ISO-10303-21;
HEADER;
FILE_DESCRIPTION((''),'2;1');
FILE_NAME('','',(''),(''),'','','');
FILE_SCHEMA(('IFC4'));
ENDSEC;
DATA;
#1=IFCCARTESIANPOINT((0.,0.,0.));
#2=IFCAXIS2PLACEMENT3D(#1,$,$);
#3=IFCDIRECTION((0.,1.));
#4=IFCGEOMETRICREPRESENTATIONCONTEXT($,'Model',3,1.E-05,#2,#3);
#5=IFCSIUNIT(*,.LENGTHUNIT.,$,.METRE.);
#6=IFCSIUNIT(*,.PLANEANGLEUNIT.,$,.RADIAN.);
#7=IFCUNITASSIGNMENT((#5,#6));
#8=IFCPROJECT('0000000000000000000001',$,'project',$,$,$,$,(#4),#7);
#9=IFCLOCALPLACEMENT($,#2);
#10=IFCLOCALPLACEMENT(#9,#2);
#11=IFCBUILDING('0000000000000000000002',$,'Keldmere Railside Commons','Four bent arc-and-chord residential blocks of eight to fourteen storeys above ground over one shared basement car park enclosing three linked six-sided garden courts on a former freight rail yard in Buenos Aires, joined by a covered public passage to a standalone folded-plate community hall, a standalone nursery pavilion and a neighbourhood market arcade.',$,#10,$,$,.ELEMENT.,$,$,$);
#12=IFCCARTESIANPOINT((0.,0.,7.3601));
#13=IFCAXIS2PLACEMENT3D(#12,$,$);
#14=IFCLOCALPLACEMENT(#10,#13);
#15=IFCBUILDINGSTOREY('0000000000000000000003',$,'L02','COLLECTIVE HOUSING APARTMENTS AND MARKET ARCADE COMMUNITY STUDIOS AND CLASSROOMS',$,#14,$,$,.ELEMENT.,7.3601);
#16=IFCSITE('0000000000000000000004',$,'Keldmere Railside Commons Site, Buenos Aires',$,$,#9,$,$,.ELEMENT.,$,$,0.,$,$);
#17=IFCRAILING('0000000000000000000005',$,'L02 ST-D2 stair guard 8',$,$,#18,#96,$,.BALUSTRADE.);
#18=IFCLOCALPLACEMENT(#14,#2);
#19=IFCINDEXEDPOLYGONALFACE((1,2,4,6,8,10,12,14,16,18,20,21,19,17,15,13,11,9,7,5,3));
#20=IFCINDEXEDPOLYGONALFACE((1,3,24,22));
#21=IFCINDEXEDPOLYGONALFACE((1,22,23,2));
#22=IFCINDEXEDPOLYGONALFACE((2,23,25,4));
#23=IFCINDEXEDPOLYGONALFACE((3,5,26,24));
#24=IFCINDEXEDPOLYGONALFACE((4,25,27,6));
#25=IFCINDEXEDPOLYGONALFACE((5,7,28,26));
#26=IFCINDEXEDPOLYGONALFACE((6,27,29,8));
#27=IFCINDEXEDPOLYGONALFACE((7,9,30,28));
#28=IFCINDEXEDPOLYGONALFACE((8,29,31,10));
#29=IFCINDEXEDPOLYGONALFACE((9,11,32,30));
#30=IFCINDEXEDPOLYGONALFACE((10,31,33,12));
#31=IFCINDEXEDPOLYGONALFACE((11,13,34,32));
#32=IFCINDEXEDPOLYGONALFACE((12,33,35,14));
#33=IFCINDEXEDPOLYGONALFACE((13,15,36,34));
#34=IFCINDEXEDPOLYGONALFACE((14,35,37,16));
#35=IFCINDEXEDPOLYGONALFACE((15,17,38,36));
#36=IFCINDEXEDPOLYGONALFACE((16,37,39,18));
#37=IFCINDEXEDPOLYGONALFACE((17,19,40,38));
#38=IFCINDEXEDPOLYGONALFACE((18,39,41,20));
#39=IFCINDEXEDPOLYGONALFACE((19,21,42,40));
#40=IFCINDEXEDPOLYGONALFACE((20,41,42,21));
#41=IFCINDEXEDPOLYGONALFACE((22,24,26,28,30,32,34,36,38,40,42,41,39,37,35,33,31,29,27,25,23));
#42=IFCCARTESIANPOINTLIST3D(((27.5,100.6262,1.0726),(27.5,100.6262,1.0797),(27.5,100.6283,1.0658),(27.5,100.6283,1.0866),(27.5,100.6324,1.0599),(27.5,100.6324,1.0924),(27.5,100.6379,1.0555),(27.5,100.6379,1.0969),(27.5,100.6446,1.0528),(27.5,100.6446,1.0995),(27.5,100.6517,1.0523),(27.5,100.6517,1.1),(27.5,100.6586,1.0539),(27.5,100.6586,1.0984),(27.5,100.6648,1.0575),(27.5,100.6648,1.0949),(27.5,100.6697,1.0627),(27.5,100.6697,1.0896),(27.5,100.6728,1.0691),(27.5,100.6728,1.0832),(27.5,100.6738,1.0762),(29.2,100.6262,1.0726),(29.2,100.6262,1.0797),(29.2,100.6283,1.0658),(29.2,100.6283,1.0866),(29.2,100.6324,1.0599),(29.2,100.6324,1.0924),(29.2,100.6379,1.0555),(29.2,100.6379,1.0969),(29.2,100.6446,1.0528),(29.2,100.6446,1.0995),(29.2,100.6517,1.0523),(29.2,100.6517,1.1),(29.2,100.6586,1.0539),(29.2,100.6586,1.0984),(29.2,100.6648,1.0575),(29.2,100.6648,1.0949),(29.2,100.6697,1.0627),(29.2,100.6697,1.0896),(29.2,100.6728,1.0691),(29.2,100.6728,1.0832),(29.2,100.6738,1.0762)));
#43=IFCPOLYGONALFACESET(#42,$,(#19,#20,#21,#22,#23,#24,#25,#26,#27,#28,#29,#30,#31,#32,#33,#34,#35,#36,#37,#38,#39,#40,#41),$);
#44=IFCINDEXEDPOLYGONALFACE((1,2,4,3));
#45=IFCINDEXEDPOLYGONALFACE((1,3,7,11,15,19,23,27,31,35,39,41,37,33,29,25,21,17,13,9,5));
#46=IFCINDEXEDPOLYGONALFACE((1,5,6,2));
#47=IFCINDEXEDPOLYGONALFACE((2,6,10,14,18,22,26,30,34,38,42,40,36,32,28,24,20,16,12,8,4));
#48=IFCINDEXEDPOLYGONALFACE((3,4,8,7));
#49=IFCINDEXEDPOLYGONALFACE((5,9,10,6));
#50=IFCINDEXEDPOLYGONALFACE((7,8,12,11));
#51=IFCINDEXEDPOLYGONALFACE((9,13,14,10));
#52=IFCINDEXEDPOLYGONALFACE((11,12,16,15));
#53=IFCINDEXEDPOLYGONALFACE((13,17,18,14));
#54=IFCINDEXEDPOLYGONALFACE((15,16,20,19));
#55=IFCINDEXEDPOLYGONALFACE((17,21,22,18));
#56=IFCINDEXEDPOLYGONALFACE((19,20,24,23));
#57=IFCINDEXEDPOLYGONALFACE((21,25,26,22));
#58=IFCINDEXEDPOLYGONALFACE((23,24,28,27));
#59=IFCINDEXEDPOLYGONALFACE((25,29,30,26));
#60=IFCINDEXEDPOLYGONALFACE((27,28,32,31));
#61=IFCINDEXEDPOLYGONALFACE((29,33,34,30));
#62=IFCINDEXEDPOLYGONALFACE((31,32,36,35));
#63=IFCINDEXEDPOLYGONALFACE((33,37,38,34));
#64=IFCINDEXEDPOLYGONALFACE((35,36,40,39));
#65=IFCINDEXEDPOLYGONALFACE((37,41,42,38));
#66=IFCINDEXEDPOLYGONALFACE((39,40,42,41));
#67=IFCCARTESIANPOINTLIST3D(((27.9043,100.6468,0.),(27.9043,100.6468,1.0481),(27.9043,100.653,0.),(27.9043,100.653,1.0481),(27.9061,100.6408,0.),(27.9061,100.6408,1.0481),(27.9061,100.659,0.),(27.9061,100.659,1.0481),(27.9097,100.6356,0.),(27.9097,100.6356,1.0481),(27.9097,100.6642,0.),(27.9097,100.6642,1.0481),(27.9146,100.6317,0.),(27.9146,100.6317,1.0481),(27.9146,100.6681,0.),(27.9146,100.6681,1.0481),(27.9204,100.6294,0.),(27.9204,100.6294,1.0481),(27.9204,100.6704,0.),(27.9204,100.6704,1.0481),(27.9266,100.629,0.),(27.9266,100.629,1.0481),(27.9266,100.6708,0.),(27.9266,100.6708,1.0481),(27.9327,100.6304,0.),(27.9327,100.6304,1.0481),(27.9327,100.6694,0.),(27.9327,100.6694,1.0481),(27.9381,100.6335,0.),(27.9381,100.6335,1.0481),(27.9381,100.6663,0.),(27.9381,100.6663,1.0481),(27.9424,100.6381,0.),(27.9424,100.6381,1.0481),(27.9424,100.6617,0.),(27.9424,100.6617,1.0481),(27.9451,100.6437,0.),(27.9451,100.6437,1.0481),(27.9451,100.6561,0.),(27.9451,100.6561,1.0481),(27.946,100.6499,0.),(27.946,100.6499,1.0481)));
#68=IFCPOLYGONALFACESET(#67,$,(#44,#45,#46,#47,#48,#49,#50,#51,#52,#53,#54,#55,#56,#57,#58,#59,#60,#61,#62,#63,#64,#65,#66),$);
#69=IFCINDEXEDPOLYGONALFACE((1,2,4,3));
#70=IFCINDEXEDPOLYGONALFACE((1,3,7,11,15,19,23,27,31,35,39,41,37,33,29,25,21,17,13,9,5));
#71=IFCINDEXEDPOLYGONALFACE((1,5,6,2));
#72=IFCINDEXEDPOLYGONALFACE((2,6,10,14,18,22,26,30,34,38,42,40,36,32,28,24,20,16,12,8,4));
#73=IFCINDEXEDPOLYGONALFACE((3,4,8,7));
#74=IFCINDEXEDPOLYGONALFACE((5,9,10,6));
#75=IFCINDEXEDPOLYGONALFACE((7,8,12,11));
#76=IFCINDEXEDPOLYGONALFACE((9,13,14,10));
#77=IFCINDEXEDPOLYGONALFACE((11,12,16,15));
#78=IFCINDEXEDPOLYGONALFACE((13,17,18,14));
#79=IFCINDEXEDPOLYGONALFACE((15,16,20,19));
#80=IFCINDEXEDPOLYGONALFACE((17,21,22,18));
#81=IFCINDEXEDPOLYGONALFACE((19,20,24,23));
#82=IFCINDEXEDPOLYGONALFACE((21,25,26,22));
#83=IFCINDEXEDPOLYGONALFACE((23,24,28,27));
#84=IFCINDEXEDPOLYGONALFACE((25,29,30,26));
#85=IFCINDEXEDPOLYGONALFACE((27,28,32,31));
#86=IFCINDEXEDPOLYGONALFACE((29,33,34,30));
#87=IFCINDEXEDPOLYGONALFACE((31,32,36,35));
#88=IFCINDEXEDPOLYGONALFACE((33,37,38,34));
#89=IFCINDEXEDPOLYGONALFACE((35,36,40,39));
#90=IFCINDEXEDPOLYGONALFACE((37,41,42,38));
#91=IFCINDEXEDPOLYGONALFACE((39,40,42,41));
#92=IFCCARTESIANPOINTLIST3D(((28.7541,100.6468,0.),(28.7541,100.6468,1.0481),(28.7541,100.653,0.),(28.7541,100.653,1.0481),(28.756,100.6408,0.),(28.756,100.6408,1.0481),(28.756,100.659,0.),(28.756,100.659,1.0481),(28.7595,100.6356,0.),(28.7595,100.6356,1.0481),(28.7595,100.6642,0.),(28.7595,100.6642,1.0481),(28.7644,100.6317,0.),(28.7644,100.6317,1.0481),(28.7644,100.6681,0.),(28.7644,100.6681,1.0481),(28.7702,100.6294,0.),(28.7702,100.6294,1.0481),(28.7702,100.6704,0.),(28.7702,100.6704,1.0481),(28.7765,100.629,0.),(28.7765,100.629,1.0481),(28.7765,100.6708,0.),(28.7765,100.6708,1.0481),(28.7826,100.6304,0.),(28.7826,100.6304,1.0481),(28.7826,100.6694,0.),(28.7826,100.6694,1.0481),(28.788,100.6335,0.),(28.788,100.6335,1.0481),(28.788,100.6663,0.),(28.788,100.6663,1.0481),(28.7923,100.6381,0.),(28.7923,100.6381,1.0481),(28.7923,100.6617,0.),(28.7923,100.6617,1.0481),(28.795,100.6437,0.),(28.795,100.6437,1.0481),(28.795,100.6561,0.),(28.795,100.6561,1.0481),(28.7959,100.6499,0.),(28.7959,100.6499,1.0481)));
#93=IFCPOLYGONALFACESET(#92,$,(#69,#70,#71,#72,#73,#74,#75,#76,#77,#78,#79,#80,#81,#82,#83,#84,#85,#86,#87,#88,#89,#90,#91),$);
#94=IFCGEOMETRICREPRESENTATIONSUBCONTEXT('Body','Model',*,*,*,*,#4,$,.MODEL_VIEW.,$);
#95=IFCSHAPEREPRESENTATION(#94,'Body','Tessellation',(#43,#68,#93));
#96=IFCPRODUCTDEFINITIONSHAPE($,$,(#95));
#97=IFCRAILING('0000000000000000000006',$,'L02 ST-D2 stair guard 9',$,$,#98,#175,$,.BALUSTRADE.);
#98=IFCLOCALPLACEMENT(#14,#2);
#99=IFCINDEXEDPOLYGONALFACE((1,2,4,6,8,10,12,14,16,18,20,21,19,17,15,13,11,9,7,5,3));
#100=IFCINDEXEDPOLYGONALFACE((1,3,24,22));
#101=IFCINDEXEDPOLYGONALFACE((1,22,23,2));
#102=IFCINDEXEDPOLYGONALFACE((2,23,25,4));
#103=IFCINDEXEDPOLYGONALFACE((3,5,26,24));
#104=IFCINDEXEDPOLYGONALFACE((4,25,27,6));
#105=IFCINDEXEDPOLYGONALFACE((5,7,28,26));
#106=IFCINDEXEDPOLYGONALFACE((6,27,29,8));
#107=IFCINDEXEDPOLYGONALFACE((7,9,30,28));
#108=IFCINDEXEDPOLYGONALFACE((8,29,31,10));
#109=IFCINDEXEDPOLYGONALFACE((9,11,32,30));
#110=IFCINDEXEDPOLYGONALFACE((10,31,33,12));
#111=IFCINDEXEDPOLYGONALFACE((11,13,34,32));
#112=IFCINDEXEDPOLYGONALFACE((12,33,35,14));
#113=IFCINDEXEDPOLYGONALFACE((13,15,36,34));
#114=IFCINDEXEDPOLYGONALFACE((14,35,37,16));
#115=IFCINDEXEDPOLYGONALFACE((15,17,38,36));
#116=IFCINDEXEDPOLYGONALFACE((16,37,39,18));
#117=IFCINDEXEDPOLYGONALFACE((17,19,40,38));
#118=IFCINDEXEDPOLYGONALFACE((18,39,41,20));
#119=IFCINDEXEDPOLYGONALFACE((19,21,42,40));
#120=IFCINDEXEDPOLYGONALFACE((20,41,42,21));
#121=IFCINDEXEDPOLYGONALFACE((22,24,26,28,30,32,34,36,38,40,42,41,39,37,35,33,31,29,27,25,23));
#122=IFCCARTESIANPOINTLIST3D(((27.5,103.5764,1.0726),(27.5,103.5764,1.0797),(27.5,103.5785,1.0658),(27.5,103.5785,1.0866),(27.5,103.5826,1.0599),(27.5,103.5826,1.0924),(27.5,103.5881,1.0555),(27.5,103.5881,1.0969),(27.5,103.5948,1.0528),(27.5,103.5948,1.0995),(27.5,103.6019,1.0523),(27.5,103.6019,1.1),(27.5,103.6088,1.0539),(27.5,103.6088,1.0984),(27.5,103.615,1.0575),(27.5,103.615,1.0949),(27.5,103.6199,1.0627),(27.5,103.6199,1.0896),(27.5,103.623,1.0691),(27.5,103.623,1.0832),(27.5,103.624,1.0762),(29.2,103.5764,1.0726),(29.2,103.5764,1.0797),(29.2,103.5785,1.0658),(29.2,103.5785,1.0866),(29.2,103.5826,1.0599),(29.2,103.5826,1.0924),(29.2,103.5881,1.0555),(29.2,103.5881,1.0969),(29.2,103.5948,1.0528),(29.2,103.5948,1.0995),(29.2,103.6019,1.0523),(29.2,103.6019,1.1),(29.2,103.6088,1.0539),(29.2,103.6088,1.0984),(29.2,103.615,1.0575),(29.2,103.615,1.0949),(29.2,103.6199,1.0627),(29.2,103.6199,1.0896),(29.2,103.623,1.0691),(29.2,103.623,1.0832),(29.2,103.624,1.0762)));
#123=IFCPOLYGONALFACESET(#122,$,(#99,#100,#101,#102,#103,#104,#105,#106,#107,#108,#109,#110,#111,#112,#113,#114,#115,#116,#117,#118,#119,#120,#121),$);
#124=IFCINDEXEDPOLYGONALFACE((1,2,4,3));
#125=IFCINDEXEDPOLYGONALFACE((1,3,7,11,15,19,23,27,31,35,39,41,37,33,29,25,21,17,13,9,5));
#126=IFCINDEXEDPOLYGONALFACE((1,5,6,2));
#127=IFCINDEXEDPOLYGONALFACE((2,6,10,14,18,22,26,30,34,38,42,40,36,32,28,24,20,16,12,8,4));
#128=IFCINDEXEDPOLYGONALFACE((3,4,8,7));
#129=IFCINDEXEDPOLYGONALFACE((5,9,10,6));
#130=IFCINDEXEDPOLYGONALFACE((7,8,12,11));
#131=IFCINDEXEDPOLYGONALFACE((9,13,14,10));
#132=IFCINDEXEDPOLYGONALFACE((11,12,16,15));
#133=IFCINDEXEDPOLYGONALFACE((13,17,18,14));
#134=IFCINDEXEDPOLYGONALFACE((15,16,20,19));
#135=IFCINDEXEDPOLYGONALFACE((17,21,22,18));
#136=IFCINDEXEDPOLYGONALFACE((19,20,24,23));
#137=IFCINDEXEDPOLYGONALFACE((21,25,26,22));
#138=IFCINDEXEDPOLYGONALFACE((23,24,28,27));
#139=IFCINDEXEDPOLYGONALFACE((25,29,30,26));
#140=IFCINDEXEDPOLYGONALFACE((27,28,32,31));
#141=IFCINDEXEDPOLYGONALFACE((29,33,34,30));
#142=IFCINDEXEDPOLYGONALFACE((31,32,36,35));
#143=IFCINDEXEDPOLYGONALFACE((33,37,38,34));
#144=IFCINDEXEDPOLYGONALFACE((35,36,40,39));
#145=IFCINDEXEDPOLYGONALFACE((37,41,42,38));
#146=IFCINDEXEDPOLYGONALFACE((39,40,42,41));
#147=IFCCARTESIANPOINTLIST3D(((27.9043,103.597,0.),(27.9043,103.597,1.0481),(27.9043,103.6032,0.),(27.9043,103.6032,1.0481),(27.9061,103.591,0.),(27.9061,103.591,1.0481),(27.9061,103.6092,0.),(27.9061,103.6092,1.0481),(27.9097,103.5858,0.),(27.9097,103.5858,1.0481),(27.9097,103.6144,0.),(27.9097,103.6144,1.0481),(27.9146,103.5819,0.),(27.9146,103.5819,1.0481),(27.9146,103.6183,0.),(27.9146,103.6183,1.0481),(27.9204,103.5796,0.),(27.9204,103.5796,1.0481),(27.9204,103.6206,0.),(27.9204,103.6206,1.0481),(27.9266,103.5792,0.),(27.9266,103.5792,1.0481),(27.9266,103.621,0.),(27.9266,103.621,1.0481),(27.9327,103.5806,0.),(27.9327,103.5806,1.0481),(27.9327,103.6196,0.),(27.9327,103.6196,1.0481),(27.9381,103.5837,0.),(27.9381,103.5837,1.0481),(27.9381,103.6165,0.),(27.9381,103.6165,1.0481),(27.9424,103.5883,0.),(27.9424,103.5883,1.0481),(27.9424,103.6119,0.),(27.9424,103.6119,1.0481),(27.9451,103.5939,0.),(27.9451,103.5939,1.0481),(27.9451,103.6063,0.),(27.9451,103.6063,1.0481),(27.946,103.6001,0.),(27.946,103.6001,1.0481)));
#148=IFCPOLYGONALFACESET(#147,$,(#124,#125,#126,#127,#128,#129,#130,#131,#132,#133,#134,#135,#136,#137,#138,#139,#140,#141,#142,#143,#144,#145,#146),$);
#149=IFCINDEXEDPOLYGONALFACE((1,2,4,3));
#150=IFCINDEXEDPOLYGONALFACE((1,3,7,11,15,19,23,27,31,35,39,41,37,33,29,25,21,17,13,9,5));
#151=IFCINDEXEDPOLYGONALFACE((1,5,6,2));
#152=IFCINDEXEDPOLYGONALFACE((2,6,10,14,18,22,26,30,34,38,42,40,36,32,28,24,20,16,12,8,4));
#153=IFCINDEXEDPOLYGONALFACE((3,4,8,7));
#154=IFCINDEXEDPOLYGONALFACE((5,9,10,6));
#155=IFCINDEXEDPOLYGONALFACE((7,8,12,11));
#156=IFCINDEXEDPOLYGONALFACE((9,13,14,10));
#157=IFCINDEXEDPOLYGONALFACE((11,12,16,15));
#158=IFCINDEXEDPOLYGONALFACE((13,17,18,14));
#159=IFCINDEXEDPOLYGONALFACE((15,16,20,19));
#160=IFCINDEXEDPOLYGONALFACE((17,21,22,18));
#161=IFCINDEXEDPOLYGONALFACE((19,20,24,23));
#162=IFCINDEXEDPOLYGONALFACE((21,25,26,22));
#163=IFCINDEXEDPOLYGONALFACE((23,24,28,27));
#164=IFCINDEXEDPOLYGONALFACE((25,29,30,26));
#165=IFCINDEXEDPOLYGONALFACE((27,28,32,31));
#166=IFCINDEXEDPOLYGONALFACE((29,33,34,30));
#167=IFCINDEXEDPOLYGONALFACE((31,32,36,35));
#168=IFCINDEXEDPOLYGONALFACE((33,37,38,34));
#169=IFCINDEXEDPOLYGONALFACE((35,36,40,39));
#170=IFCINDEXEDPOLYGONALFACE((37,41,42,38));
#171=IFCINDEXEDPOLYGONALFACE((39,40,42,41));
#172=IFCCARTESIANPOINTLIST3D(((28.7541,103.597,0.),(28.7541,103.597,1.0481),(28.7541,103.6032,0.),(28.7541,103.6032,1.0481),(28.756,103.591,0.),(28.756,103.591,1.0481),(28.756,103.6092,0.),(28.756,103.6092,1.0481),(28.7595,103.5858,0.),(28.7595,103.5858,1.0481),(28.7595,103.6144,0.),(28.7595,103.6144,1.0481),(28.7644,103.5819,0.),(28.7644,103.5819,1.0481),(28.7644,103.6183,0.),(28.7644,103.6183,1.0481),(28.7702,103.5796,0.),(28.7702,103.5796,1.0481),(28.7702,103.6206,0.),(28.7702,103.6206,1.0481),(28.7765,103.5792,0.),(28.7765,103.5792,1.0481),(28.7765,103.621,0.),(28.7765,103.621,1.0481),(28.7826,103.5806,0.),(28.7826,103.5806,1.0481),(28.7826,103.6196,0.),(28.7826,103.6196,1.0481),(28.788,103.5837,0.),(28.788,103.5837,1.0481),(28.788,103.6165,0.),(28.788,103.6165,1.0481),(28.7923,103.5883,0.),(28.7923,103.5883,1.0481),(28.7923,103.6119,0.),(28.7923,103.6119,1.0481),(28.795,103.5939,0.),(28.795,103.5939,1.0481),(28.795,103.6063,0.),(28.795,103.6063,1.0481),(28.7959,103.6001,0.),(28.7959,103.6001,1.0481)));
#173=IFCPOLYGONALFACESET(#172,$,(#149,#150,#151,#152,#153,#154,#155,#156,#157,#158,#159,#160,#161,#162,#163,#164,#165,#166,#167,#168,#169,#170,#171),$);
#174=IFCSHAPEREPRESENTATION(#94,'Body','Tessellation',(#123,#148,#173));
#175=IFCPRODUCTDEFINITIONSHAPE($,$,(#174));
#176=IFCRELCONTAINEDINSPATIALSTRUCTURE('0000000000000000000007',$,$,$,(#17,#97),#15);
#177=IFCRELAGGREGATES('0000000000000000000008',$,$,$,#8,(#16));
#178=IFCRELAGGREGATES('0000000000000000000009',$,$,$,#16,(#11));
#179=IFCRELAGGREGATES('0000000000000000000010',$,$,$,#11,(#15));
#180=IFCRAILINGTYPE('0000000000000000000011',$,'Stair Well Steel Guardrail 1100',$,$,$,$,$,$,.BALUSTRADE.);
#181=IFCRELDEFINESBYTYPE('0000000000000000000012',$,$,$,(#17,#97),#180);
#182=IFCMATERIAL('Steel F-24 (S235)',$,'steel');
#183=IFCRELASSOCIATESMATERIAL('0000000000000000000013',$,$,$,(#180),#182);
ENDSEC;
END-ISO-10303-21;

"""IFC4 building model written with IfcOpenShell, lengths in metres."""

from ifc_helpers import new_model, si_unit, direction, frame, origin, origin_2d, place, context, subcontext, project, spatial, circle, extrude, material, type_object, element, save


model = new_model("IFC4")

# Units and contexts
model_context = context("Model", 3, precision=1e-05, world=origin(), true_north=direction((0.0, 1.0)))
body_context = subcontext(model_context, "Body", "Model", "MODEL_VIEW")
ifc_project = project(units=[si_unit("LENGTHUNIT", "METRE"), si_unit("PLANEANGLEUNIT", "RADIAN")], contexts=[model_context])

# Site, building, storey
site_placement = place(None, origin())
site = spatial("IfcSite", under=ifc_project, at=site_placement, Name="Keldmere Railside Commons Site, Buenos Aires", CompositionType="ELEMENT", RefElevation=0.0)
building_placement = place(site_placement, origin())
building = spatial("IfcBuilding", under=site, at=building_placement, Name="Keldmere Railside Commons", Description="Four bent arc-and-chord residential blocks of eight to fourteen storeys above ground over one shared basement car park enclosing three linked six-sided garden courts on a former freight rail yard in Buenos Aires, joined by a covered public passage to a standalone folded-plate community hall, a standalone nursery pavilion and a neighbourhood market arcade.", CompositionType="ELEMENT")
storey_placement = place(building_placement, frame((0.0, 0.0, 7.3601)))
storey = spatial("IfcBuildingStorey", under=building, at=storey_placement, Name="L02", Description="COLLECTIVE HOUSING APARTMENTS AND MARKET ARCADE COMMUNITY STUDIOS AND CLASSROOMS", CompositionType="ELEMENT", Elevation=7.3601)

# Railings
ifc_material_1 = material(Name="Steel F-24 (S235)", Category="steel")
railing_type_1 = type_object("IfcRailingType", Name="Stair Well Steel Guardrail 1100", PredefinedType="BALUSTRADE", material=ifc_material_1)
for number, where, name in (
    (1, (27.5, 100.6499, 0.0), "L02 ST-D2 stair guard 8"),
    (2, (27.5, 103.6001, 0.0), "L02 ST-D2 stair guard 9"),
):
    element("IfcRailing", number, at=place(storey_placement, frame(where)), inside=storey, type_object=railing_type_1, Name=name, PredefinedType="BALUSTRADE", context=body_context, shape_type="SweptSolid", body=[
        extrude(circle(Radius=0.0239, at=origin_2d()), frame((0.0, 0.0, 1.0762), z_axis=(1.0, 0.0, 0.0), x_axis=(0.0, 1.0, 0.0)), (0.0, 0.0, 1.0), 1.7),
        extrude(circle(Radius=0.021, at=origin_2d()), frame((0.425, 0.0, 0.0)), (0.0, 0.0, 1.0), 1.0481),
        extrude(circle(Radius=0.021, at=origin_2d()), frame((1.2749, 0.0, 0.0)), (0.0, 0.0, 1.0), 1.0481),
    ])

save(model, "model.ifc")
